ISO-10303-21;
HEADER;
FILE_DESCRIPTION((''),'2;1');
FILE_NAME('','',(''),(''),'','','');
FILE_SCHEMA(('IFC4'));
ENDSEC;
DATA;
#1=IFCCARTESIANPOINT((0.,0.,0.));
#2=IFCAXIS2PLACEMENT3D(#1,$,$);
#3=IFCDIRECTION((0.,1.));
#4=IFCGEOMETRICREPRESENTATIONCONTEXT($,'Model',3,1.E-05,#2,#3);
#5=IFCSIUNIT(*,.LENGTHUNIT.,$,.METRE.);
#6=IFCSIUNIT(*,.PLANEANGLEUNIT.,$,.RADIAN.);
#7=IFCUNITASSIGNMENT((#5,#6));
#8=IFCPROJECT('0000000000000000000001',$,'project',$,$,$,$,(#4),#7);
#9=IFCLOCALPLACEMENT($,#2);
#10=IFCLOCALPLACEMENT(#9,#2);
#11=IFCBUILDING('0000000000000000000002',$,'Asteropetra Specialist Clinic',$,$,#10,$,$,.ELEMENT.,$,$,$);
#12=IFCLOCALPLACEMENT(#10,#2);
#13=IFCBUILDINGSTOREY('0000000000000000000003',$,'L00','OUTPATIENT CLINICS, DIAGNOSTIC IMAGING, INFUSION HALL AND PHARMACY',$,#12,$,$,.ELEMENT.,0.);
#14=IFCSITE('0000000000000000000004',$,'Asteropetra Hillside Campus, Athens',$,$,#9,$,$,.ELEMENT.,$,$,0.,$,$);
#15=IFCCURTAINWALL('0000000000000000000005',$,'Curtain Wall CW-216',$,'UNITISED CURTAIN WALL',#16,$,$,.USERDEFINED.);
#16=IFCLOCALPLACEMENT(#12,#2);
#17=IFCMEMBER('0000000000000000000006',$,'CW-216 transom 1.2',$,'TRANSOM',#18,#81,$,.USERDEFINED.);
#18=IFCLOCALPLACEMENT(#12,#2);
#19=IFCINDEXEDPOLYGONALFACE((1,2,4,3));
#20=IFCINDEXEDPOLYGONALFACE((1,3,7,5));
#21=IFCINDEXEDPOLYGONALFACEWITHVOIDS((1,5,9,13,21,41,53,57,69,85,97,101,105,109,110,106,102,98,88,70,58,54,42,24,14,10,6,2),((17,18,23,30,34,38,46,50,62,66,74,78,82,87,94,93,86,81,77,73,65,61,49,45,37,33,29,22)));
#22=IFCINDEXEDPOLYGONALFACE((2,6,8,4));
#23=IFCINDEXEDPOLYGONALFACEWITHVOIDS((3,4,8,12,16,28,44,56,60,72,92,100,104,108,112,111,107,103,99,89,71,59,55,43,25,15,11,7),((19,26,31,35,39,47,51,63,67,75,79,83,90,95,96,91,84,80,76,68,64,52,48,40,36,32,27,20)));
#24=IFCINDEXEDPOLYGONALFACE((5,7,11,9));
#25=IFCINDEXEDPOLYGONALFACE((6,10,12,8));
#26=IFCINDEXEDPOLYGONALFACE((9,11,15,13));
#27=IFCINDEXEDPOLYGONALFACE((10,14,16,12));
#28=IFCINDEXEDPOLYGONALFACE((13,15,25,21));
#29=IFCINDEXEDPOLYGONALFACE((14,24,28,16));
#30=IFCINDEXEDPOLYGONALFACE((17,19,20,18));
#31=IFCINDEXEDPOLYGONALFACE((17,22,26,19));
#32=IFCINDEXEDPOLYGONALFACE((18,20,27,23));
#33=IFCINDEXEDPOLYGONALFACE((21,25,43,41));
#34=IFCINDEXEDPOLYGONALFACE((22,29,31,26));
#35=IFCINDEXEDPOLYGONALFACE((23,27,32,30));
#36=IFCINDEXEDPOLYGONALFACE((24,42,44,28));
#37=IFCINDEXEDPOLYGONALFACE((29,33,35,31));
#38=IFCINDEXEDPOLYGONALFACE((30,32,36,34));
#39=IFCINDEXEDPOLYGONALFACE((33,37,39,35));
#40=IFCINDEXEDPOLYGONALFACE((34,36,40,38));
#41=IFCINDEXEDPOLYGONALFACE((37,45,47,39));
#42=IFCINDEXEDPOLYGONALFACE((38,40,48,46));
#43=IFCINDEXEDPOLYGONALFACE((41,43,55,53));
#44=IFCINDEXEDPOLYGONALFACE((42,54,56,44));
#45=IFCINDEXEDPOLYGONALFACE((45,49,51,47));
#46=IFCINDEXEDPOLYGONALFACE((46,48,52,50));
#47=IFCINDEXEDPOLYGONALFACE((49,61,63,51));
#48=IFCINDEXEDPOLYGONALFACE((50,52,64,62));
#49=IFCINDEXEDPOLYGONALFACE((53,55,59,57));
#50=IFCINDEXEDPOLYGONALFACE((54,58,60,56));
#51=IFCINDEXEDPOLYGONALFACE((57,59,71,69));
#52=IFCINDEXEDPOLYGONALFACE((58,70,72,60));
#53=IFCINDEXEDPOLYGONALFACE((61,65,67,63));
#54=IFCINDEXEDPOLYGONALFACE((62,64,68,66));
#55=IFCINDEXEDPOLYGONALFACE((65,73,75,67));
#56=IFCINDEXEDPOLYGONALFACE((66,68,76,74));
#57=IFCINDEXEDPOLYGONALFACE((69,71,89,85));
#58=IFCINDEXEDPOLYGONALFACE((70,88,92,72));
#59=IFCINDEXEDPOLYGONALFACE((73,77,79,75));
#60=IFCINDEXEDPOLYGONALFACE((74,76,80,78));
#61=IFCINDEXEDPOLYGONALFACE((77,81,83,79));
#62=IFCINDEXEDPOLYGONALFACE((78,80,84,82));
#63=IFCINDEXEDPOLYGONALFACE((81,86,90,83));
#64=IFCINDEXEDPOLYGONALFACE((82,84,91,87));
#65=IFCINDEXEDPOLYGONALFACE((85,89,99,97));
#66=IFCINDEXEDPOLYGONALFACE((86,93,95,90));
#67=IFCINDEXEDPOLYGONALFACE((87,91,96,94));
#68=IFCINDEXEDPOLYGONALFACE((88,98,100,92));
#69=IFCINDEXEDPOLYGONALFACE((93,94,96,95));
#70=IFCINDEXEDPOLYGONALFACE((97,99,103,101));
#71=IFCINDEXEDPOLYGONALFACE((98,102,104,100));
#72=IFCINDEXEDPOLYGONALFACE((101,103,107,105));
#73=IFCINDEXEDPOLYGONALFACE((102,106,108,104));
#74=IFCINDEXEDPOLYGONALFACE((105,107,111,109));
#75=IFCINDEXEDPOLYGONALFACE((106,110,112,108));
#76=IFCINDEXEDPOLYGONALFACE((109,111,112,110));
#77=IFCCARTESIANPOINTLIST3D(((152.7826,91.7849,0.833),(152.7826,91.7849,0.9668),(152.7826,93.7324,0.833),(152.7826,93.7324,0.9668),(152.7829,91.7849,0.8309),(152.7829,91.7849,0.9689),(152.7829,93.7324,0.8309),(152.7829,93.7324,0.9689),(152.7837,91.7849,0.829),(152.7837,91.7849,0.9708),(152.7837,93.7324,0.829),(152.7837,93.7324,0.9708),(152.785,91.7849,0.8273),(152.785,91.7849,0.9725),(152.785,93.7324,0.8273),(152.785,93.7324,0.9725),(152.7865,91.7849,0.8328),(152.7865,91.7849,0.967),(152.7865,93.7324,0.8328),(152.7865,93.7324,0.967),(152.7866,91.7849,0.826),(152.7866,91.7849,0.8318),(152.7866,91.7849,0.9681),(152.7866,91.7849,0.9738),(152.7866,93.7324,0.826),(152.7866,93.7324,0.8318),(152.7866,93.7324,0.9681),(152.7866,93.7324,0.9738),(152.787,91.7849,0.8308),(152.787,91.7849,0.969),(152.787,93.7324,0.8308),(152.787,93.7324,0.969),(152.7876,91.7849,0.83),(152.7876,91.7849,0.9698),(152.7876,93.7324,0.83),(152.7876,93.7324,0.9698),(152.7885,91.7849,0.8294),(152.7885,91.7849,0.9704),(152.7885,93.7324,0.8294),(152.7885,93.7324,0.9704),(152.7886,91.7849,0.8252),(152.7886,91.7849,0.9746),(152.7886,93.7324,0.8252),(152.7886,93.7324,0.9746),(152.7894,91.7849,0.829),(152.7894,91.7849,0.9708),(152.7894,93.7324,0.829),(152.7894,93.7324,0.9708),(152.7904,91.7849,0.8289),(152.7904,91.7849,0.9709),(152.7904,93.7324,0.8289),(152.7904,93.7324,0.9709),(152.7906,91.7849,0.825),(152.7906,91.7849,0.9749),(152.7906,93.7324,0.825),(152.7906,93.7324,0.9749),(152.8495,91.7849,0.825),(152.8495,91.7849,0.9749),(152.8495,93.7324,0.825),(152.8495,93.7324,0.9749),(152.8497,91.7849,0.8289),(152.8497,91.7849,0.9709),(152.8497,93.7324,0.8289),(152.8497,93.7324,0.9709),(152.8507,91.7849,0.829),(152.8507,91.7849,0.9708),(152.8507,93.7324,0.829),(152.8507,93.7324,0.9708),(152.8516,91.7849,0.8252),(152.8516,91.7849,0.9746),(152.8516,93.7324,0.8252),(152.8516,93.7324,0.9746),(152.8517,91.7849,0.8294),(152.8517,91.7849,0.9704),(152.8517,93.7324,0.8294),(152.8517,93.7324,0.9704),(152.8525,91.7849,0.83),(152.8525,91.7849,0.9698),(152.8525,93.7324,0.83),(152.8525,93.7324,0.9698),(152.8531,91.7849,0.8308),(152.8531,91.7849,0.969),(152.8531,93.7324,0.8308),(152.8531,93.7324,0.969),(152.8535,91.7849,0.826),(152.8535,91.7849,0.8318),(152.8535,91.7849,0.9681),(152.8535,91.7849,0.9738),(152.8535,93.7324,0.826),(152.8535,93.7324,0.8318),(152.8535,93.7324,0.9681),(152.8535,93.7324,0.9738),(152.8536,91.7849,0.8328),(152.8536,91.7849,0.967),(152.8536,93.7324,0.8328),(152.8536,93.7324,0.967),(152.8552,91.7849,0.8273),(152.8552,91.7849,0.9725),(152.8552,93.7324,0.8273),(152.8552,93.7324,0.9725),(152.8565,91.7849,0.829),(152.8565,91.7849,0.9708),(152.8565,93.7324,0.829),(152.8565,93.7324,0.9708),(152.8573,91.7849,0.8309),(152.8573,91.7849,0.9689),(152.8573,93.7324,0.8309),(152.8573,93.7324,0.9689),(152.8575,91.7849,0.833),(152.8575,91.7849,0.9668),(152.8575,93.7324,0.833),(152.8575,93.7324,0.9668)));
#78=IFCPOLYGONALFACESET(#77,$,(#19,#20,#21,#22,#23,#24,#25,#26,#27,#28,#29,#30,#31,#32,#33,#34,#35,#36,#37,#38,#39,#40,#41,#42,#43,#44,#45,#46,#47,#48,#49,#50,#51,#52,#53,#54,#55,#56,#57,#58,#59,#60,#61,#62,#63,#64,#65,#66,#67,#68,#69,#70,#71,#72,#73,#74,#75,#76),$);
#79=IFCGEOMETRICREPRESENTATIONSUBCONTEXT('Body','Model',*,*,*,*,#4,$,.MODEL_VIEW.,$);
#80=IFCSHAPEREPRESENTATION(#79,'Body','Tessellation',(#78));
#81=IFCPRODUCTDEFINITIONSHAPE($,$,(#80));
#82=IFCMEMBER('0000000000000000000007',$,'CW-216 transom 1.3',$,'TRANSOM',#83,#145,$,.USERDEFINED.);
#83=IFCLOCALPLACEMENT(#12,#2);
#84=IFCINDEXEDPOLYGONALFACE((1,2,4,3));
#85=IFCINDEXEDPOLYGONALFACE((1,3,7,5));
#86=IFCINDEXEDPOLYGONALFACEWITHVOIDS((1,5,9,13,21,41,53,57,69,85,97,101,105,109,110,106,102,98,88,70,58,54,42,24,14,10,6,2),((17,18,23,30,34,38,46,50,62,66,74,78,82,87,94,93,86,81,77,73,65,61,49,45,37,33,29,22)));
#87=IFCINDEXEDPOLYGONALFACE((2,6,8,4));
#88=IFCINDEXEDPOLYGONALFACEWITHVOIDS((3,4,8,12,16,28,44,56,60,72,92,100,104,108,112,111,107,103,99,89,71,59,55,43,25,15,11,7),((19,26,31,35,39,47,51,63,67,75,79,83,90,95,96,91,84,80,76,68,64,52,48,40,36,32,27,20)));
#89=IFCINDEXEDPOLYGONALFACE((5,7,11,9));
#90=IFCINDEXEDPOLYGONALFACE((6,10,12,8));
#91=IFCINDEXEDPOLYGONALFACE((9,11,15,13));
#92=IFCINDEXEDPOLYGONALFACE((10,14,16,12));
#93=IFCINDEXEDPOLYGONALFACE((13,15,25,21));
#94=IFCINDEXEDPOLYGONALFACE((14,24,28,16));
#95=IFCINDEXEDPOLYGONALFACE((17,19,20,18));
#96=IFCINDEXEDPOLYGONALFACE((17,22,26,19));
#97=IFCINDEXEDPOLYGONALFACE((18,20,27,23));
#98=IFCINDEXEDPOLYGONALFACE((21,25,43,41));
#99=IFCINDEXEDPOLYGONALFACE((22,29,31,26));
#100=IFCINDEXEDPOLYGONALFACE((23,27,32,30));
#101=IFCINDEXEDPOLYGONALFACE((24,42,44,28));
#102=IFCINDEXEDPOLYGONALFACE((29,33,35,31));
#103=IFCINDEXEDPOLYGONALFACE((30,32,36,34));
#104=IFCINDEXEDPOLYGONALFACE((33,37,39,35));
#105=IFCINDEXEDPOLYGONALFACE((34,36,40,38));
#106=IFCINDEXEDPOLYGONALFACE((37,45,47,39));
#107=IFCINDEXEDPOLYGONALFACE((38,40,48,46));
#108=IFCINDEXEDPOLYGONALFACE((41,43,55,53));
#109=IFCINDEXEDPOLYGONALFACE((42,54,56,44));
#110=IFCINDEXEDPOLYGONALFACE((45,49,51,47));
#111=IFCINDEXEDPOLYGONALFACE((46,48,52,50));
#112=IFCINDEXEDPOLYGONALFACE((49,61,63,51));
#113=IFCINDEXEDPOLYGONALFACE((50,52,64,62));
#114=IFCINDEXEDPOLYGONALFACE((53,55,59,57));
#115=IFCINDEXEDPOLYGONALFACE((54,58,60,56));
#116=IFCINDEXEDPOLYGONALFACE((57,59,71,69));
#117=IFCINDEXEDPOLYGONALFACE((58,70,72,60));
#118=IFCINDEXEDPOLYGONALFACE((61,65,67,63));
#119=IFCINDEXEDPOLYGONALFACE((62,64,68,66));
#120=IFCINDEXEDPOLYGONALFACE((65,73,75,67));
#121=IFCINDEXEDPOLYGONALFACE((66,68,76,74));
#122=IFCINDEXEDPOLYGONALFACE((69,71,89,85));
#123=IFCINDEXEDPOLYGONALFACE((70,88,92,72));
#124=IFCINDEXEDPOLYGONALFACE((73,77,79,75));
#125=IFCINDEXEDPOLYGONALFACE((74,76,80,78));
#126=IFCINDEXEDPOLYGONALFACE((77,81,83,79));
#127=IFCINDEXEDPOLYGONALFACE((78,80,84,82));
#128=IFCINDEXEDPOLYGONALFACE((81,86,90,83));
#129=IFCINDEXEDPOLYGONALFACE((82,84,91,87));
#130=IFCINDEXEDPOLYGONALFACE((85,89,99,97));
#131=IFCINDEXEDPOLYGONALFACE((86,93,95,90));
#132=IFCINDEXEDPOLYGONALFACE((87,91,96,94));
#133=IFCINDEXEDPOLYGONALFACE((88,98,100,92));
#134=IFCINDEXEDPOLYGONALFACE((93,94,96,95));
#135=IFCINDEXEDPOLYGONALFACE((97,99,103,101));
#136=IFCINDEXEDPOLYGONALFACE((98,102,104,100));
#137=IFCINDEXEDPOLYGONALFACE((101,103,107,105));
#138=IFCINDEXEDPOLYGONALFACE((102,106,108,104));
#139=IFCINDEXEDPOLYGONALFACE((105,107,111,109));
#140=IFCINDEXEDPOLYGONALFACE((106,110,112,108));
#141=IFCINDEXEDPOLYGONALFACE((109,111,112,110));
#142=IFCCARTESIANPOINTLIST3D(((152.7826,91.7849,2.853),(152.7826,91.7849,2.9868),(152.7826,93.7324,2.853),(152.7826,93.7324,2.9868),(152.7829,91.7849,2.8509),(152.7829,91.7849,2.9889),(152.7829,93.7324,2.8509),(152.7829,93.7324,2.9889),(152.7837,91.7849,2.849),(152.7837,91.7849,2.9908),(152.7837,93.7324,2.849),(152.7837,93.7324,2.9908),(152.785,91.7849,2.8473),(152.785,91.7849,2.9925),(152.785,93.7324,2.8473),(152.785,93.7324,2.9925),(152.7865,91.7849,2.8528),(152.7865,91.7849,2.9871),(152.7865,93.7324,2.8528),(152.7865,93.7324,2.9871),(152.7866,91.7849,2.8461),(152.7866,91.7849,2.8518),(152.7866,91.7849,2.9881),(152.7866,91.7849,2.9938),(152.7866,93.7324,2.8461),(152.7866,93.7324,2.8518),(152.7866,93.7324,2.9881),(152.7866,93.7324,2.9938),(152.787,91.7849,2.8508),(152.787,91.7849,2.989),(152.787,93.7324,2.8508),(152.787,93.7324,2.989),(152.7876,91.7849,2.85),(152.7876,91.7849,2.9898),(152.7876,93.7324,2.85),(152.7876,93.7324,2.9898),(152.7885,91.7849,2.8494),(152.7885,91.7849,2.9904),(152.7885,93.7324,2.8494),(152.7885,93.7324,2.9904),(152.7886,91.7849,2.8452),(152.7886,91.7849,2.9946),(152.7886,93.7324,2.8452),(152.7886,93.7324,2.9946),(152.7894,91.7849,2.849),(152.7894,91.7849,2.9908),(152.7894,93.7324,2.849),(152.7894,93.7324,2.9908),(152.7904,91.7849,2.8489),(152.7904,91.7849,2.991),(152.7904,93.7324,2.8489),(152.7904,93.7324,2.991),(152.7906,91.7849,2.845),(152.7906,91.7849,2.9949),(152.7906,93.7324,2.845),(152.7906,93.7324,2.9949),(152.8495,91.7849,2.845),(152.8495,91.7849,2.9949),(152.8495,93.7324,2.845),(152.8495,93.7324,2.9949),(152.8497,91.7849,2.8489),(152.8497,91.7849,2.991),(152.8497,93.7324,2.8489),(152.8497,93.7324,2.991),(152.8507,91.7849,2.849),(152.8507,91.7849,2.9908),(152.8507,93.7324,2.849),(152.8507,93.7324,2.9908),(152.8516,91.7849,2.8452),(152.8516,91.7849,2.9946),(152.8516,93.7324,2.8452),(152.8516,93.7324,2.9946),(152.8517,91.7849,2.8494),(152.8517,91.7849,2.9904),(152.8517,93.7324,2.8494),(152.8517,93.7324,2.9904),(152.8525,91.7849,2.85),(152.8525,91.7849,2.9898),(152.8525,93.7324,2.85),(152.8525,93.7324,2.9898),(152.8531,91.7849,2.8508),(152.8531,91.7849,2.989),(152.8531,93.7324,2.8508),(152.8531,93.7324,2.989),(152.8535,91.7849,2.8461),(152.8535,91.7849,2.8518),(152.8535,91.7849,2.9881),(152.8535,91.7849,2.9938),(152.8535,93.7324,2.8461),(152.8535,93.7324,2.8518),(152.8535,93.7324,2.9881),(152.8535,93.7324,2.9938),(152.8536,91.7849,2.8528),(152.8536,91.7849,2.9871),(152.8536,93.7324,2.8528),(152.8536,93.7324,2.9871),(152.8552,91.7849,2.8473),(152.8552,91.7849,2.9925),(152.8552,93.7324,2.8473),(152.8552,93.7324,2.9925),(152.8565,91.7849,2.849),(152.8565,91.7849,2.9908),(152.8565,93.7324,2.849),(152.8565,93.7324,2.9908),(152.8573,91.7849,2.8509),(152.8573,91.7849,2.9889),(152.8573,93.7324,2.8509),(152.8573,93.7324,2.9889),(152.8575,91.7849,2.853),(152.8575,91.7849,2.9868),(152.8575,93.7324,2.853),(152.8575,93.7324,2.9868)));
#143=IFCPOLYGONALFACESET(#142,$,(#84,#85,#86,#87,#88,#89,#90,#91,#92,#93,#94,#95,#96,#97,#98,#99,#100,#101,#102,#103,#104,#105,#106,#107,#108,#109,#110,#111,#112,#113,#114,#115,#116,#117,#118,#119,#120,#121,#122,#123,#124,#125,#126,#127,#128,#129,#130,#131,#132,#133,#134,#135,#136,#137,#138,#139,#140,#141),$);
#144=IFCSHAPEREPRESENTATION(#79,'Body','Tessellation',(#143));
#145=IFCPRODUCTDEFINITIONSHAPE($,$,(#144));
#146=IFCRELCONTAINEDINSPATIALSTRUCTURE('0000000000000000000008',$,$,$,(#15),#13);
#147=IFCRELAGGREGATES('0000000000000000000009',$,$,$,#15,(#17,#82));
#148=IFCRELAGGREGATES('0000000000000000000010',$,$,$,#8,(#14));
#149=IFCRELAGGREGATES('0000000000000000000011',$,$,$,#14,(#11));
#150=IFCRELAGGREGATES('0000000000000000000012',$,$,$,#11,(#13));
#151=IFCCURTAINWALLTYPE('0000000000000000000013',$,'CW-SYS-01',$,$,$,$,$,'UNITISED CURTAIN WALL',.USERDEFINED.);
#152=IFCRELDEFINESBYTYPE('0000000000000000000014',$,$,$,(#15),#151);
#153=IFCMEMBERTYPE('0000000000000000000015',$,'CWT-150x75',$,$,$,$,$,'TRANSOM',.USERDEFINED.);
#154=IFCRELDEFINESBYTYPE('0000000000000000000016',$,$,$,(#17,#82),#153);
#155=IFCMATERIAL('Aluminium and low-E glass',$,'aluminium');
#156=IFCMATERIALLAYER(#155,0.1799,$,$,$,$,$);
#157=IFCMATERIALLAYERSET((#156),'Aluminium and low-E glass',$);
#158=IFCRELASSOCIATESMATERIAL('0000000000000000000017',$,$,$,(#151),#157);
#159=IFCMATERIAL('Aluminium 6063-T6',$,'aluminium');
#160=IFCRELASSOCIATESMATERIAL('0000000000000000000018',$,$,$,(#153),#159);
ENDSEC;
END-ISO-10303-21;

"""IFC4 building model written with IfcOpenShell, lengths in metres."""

from ifc_helpers import new_model, si_unit, direction, frame, origin, origin_2d, place, context, subcontext, project, spatial, hollow_rectangle, extrude, material, layer, layer_set, material_profile, profile_set, type_object, element, aggregate, save


model = new_model("IFC4")

# Units and contexts
model_context = context("Model", 3, precision=1e-05, world=origin(), true_north=direction((0.0, 1.0)))
body_context = subcontext(model_context, "Body", "Model", "MODEL_VIEW")
ifc_project = project(units=[si_unit("LENGTHUNIT", "METRE"), si_unit("PLANEANGLEUNIT", "RADIAN")], contexts=[model_context])

# Site, building, storey
site_placement = place(None, origin())
site = spatial("IfcSite", under=ifc_project, at=site_placement, Name="Asteropetra Hillside Campus, Athens", CompositionType="ELEMENT", RefElevation=0.0)
building_placement = place(site_placement, origin())
building = spatial("IfcBuilding", under=site, at=building_placement, Name="Asteropetra Specialist Clinic", CompositionType="ELEMENT")
storey_placement = place(building_placement, origin())
storey = spatial("IfcBuildingStorey", under=building, at=storey_placement, Name="L00", Description="OUTPATIENT CLINICS, DIAGNOSTIC IMAGING, INFUSION HALL AND PHARMACY", CompositionType="ELEMENT", Elevation=0.0)

# Curtain wall, members
ifc_material_1 = material(Name="Aluminium and low-E glass", Category="aluminium")
ifc_layer_1 = layer(ifc_material_1, 0.1799)
ifc_layer_set_1 = layer_set([ifc_layer_1], Name="Aluminium and low-E glass")
curtain_wall_type = type_object("IfcCurtainWallType", Name="CW-SYS-01", ElementType="UNITISED CURTAIN WALL", PredefinedType="USERDEFINED", material=ifc_layer_set_1)
curtain_wall_placement = place(storey_placement, origin())
curtain_wall = element("IfcCurtainWall", 1, at=curtain_wall_placement, inside=storey, type_object=curtain_wall_type, Name="Curtain Wall CW-216", ObjectType="UNITISED CURTAIN WALL", PredefinedType="USERDEFINED")
ifc_material_2 = material(Name="Aluminium 6063-T6", Category="aluminium")
ifc_material_profile_1 = material_profile(ifc_material_2, hollow_rectangle(XDim=0.075, YDim=0.1499, WallThickness=0.0039, InnerFilletRadius=0.0039, OuterFilletRadius=0.0081, at=origin_2d()), Name="TRN 150x75x4.0")
ifc_profile_set_1 = profile_set([ifc_material_profile_1], Name="Aluminium 6063-T6")
member_type_1 = type_object("IfcMemberType", Name="CWT-150x75", ElementType="TRANSOM", PredefinedType="USERDEFINED", material=ifc_profile_set_1)
member_1_placement = place(storey_placement, frame((152.8201, 91.7849, 0.8999), z_axis=(0.0, 1.0, 0.0), x_axis=(-1.0, 0.0, 0.0)))
member_1 = element("IfcMember", 2, at=member_1_placement, type_object=member_type_1, Name="CW-216 transom 1.2", ObjectType="TRANSOM", PredefinedType="USERDEFINED", context=body_context, shape_type="SweptSolid", body=[
    extrude(hollow_rectangle(XDim=0.075, YDim=0.1499, WallThickness=0.0039, InnerFilletRadius=0.0039, OuterFilletRadius=0.0081, at=origin_2d()), origin(), (0.0, 0.0, 1.0), 1.9475),
])
member_2_placement = place(storey_placement, frame((152.8201, 91.7849, 2.9199), z_axis=(0.0, 1.0, 0.0), x_axis=(-1.0, 0.0, 0.0)))
member_2 = element("IfcMember", 3, at=member_2_placement, type_object=member_type_1, Name="CW-216 transom 1.3", ObjectType="TRANSOM", PredefinedType="USERDEFINED", context=body_context, shape_type="SweptSolid", body=[
    extrude(hollow_rectangle(XDim=0.075, YDim=0.1499, WallThickness=0.0039, InnerFilletRadius=0.0039, OuterFilletRadius=0.0081, at=origin_2d()), origin(), (0.0, 0.0, 1.0), 1.9475),
])
aggregate(curtain_wall, [member_1, member_2])

save(model, "model.ifc")
